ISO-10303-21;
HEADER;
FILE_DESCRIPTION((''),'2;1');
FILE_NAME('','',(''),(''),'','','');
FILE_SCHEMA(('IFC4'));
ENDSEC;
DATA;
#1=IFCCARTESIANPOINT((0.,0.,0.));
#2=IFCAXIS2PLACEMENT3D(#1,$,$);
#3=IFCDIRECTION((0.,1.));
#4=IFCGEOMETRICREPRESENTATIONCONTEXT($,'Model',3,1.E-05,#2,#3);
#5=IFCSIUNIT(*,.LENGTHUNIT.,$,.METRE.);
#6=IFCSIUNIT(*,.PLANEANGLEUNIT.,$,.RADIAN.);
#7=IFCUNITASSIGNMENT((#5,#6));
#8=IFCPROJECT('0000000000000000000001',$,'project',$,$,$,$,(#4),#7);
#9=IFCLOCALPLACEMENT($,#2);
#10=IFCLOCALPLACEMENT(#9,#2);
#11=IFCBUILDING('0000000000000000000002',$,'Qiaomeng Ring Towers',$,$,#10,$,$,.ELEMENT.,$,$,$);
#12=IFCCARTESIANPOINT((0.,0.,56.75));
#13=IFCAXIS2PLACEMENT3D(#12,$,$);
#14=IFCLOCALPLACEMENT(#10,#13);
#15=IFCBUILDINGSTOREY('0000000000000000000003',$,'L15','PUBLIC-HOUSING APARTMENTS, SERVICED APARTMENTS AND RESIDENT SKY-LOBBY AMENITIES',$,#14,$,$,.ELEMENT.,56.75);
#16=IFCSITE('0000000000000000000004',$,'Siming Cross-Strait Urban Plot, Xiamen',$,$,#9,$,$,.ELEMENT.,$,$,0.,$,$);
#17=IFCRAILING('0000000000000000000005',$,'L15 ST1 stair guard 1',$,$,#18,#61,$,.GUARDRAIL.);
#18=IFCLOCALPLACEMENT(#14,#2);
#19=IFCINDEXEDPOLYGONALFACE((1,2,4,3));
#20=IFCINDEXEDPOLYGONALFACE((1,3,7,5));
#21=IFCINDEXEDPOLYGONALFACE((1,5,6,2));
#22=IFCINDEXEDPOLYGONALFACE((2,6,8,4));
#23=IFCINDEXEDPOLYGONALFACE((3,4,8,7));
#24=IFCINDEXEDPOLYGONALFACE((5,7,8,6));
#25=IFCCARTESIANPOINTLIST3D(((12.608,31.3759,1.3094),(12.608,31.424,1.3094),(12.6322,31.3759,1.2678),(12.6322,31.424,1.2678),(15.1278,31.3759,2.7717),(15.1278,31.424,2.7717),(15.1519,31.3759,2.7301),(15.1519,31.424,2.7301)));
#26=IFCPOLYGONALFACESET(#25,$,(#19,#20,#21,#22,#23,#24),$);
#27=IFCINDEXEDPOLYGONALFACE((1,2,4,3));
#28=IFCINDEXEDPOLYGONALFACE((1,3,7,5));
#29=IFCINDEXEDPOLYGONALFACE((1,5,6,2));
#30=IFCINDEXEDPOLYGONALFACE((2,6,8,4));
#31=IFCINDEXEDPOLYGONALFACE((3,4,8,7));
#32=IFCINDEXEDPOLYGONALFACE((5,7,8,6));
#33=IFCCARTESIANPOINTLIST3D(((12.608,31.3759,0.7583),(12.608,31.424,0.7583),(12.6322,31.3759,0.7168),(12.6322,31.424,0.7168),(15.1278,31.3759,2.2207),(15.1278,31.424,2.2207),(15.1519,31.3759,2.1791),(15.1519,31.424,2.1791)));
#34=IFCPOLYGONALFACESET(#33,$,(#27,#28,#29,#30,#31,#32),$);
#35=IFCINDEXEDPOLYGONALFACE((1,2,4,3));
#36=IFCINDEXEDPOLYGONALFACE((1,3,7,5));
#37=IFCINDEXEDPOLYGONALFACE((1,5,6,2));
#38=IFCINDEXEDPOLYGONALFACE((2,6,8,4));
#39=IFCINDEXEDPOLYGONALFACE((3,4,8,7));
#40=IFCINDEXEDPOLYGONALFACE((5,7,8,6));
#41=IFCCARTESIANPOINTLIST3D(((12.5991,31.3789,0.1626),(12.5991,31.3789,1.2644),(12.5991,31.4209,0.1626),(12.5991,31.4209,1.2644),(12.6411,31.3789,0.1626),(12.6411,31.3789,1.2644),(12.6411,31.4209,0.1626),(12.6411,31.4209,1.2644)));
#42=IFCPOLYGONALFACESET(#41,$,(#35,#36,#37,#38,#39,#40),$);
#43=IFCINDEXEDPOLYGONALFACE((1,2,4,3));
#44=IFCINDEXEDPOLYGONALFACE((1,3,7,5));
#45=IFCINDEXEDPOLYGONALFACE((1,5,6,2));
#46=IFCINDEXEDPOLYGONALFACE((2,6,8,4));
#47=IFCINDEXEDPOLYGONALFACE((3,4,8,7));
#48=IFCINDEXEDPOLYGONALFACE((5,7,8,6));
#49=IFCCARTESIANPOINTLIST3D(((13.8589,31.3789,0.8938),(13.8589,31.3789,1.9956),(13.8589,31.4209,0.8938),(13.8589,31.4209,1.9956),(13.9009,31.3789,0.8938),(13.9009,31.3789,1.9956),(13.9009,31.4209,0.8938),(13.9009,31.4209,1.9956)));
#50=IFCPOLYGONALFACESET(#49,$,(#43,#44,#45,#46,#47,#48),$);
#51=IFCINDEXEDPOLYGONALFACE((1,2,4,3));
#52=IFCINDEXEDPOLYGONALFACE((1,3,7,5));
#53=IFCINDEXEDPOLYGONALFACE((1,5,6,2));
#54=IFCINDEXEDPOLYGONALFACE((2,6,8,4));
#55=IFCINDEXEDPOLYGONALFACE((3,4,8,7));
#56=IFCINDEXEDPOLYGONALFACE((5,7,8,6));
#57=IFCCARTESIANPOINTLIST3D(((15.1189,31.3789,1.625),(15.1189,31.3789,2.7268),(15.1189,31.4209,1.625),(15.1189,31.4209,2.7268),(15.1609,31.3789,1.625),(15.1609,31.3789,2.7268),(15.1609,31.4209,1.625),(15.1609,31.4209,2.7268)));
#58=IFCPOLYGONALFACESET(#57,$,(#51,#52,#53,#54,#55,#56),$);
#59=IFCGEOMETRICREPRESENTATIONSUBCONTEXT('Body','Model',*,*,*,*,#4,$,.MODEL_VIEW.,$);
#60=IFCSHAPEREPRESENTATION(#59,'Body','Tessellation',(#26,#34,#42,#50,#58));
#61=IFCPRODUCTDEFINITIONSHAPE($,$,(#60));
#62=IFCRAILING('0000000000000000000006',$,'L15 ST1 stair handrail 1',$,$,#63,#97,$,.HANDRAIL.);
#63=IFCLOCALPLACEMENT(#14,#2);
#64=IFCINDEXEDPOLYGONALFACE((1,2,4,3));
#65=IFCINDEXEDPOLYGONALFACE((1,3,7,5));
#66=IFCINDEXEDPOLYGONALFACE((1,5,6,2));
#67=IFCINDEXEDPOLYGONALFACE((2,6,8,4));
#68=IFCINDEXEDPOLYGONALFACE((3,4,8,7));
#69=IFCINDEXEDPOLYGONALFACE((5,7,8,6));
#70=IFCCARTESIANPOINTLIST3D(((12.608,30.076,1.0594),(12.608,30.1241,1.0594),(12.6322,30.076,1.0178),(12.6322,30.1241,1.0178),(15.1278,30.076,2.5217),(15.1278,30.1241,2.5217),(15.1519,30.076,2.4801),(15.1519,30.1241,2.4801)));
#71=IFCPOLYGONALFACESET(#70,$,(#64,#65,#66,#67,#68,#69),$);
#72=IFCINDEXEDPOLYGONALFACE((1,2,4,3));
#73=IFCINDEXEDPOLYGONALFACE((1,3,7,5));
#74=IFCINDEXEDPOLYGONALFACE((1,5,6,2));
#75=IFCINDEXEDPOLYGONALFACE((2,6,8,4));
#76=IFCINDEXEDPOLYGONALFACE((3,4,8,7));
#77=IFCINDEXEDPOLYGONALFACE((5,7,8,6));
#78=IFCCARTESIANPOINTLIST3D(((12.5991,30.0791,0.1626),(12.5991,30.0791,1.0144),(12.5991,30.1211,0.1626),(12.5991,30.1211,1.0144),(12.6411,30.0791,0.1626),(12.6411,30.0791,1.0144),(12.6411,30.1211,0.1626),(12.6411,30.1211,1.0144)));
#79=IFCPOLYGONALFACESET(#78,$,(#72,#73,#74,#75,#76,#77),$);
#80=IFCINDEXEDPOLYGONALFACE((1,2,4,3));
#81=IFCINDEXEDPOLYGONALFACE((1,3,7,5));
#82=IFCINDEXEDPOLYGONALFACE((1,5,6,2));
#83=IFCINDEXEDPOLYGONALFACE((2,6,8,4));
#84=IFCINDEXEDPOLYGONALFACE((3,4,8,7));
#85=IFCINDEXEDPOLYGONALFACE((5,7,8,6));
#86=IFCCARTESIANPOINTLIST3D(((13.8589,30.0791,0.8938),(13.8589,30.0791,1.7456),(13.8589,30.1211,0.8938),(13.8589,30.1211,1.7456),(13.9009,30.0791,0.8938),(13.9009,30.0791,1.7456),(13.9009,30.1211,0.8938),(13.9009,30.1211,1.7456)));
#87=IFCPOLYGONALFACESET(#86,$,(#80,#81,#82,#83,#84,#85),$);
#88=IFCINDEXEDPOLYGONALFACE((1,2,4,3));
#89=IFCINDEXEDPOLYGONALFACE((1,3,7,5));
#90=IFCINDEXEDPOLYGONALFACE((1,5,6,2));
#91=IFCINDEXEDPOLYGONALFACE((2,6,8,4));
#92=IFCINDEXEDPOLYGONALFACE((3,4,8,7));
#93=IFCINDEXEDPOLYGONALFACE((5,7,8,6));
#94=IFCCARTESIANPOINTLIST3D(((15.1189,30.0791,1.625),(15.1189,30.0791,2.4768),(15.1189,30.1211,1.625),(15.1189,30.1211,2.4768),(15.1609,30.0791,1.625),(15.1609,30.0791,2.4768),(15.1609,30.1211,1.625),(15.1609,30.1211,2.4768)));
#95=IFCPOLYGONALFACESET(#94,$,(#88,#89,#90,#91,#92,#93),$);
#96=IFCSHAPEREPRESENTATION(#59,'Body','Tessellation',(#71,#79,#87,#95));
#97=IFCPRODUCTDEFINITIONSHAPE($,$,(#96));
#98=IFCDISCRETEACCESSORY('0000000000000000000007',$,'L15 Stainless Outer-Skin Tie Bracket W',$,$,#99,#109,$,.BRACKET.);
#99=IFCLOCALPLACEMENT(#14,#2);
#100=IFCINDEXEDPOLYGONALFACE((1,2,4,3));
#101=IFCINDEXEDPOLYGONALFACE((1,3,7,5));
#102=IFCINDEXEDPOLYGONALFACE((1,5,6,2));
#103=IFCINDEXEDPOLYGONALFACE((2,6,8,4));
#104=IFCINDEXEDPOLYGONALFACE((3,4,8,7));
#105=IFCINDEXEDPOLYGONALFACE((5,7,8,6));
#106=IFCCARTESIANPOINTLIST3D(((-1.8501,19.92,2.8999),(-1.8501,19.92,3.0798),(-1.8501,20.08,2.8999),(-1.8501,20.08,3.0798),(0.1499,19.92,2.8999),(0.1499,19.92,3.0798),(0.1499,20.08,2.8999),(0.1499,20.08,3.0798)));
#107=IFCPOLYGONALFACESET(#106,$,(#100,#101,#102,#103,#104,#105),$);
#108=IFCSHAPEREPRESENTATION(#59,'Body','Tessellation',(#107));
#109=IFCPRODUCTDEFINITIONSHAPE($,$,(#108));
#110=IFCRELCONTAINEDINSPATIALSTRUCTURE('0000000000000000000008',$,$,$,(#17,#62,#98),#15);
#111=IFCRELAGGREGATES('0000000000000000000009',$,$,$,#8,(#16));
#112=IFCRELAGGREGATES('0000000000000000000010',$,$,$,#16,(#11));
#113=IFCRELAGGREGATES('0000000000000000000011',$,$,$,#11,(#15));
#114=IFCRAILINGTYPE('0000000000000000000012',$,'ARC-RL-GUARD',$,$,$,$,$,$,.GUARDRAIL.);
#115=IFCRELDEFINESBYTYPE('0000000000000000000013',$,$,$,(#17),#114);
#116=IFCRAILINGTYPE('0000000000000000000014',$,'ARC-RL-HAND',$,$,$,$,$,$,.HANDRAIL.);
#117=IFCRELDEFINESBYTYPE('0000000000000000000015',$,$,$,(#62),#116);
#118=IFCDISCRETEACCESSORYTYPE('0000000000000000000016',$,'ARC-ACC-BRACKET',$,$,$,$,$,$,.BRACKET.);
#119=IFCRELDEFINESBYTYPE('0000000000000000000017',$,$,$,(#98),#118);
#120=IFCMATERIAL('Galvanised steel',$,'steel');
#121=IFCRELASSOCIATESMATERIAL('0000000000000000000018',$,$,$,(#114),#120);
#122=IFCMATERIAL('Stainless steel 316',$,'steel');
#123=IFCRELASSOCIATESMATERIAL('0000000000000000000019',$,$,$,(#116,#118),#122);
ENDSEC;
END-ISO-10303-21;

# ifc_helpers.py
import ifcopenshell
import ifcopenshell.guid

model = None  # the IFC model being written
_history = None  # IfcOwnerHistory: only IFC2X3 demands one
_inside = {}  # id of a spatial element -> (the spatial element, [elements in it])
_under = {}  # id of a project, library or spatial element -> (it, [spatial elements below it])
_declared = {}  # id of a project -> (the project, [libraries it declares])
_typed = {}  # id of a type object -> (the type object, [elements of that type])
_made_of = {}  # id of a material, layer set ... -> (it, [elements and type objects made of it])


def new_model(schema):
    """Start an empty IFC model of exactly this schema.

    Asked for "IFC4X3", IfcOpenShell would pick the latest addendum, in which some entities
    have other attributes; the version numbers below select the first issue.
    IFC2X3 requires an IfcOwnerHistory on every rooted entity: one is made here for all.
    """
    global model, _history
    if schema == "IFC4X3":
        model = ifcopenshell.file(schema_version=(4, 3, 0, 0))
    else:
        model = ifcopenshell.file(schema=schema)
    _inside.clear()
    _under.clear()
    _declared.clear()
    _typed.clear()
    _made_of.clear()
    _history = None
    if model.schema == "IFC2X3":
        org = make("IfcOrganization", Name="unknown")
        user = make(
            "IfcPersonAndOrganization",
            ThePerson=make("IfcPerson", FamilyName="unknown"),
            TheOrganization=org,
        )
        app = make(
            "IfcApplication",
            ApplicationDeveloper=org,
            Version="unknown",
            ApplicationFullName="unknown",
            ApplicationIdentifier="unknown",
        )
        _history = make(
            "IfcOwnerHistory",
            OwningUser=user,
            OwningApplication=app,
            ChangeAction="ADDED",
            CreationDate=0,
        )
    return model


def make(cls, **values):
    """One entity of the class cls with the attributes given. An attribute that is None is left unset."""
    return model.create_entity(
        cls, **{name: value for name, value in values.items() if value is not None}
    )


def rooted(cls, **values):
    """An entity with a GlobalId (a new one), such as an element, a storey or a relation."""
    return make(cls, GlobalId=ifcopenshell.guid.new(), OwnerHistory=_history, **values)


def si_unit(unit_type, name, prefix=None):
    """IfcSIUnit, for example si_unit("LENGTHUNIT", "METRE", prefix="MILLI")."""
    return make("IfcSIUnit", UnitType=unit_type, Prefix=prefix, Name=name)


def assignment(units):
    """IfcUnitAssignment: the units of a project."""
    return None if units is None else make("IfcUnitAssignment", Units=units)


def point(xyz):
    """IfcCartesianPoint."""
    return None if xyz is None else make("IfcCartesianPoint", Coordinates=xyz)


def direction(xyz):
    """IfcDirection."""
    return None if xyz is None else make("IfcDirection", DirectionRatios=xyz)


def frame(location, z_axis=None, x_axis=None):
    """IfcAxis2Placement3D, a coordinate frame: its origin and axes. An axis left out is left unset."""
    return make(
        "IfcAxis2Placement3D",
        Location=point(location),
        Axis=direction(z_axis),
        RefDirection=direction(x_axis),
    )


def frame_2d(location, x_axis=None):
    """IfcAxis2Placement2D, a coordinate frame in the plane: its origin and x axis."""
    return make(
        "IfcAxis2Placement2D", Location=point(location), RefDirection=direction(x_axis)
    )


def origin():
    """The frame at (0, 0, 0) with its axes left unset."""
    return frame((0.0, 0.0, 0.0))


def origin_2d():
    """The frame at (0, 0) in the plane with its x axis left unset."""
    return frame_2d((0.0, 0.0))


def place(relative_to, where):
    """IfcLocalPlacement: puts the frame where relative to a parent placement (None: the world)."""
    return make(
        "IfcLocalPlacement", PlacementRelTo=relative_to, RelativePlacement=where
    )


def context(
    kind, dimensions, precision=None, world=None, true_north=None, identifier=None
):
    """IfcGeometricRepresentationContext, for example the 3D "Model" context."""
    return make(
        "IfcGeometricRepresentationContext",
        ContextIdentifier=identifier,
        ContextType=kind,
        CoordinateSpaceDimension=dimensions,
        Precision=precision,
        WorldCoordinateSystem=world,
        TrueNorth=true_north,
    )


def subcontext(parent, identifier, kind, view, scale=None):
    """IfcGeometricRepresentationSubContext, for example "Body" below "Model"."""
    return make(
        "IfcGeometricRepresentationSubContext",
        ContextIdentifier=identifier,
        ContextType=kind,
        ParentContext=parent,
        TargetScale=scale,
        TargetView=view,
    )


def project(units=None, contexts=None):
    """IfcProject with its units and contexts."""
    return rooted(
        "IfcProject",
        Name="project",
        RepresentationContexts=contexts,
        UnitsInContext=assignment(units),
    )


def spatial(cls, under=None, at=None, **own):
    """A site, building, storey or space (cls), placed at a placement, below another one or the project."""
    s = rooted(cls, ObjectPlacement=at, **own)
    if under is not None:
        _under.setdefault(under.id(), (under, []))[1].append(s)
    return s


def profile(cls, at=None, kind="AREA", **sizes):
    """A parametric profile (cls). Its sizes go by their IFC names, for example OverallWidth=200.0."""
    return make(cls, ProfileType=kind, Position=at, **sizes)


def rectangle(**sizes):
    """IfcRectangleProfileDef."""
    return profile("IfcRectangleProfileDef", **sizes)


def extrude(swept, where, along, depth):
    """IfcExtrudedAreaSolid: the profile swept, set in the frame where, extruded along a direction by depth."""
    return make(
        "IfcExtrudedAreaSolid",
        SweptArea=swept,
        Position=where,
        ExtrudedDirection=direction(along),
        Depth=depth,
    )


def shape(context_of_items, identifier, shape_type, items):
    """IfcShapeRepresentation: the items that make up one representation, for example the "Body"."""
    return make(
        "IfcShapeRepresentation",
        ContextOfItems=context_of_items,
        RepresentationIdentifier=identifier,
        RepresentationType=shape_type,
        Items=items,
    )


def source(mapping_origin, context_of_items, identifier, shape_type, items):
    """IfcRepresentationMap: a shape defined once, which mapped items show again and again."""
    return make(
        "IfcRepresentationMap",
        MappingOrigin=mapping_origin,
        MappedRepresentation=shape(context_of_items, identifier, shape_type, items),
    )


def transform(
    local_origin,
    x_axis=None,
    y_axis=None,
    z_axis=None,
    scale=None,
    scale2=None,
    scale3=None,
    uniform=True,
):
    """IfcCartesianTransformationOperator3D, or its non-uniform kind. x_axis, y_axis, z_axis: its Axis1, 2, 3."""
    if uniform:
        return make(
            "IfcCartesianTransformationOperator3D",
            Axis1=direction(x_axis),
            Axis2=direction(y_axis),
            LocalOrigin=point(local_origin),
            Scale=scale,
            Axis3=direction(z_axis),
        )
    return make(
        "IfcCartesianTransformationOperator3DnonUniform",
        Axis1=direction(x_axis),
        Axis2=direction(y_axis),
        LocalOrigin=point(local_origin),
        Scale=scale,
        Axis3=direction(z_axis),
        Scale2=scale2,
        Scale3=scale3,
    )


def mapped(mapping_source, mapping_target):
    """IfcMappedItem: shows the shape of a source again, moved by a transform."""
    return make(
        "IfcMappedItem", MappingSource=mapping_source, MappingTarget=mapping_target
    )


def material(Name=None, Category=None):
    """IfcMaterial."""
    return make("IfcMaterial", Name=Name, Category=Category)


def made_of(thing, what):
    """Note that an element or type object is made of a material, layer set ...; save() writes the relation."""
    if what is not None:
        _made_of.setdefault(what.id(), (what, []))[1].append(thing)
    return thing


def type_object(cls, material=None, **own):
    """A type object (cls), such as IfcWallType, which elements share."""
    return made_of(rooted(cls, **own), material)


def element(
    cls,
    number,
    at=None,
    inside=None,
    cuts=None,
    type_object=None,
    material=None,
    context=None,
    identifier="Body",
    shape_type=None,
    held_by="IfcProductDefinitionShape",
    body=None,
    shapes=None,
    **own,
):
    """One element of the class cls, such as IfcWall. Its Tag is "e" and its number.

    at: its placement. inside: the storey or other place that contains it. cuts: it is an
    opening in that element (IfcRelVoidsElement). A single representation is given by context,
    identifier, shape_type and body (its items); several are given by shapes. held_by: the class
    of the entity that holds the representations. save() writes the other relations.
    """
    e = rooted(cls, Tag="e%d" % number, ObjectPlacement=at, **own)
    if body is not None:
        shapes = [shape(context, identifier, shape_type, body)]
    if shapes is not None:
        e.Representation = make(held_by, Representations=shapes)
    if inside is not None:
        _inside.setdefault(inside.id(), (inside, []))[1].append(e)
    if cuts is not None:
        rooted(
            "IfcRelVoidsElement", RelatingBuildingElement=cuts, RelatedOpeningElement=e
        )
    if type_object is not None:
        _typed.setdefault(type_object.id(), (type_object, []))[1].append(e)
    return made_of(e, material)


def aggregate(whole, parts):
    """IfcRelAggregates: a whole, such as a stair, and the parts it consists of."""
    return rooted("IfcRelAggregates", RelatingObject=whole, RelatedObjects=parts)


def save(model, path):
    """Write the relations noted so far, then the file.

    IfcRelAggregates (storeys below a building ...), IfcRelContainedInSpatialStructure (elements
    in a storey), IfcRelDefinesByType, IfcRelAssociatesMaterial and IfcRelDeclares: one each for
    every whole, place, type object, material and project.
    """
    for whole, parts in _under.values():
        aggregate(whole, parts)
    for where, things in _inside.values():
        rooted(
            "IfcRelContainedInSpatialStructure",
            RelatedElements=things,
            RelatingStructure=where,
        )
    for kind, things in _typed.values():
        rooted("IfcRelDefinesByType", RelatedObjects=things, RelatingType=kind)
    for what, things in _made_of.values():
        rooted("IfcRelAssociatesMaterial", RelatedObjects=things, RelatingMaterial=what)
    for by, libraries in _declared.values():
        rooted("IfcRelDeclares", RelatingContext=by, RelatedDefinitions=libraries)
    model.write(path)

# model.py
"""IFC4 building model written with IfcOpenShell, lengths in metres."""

from ifc_helpers import new_model, si_unit, direction, frame, origin, origin_2d, place, context, subcontext, project, spatial, rectangle, extrude, source, transform, mapped, material, type_object, element, save


model = new_model("IFC4")

# Units and contexts
model_context = context("Model", 3, precision=1e-05, world=origin(), true_north=direction((0.0, 1.0)))
body_context = subcontext(model_context, "Body", "Model", "MODEL_VIEW")
ifc_project = project(units=[si_unit("LENGTHUNIT", "METRE"), si_unit("PLANEANGLEUNIT", "RADIAN")], contexts=[model_context])

# Site, building, storey
site_placement = place(None, origin())
site = spatial("IfcSite", under=ifc_project, at=site_placement, Name="Siming Cross-Strait Urban Plot, Xiamen", CompositionType="ELEMENT", RefElevation=0.0)
building_placement = place(site_placement, origin())
building = spatial("IfcBuilding", under=site, at=building_placement, Name="Qiaomeng Ring Towers", CompositionType="ELEMENT")
storey_placement = place(building_placement, frame((0.0, 0.0, 56.75)))
storey = spatial("IfcBuildingStorey", under=building, at=storey_placement, Name="L15", Description="PUBLIC-HOUSING APARTMENTS, SERVICED APARTMENTS AND RESIDENT SKY-LOBBY AMENITIES", CompositionType="ELEMENT", Elevation=56.75)

# Shared definitions
ifc_material_1 = material(Name="Stainless steel 316", Category="steel")

# Railings
ifc_material_2 = material(Name="Galvanised steel", Category="steel")
railing_type_1 = type_object("IfcRailingType", Name="ARC-RL-GUARD", PredefinedType="GUARDRAIL", material=ifc_material_2)
railing_1_placement = place(storey_placement, frame((12.6201, 31.3999, 0.1626)))
element("IfcRailing", 1, at=railing_1_placement, inside=storey, type_object=railing_type_1, Name="L15 ST1 stair guard 1", PredefinedType="GUARDRAIL", context=body_context, shape_type="SweptSolid", body=[
    extrude(rectangle(XDim=0.0481, YDim=0.0481, at=origin_2d()), frame((0.0, 0.0, 1.126), z_axis=(0.864892, 0.0, 0.501958), x_axis=(0.0, 1.0, 0.0)), (0.0, 0.0, 1.0), 2.9133),
    extrude(rectangle(XDim=0.0481, YDim=0.0481, at=origin_2d()), frame((0.0, 0.0, 0.575), z_axis=(0.864892, 0.0, 0.501958), x_axis=(0.0, 1.0, 0.0)), (0.0, 0.0, 1.0), 2.9133),
    extrude(rectangle(XDim=0.042, YDim=0.042, at=origin_2d()), origin(), (0.0, 0.0, 1.0), 1.1018),
    extrude(rectangle(XDim=0.042, YDim=0.042, at=origin_2d()), frame((1.2598, 0.0, 0.7312)), (0.0, 0.0, 1.0), 1.1018),
    extrude(rectangle(XDim=0.042, YDim=0.042, at=origin_2d()), frame((2.5198, 0.0, 1.4624)), (0.0, 0.0, 1.0), 1.1018),
])
railing_type_2 = type_object("IfcRailingType", Name="ARC-RL-HAND", PredefinedType="HANDRAIL", material=ifc_material_1)
railing_2_placement = place(storey_placement, frame((12.6201, 30.1001, 0.1626)))
element("IfcRailing", 2, at=railing_2_placement, inside=storey, type_object=railing_type_2, Name="L15 ST1 stair handrail 1", PredefinedType="HANDRAIL", context=body_context, shape_type="SweptSolid", body=[
    extrude(rectangle(XDim=0.0481, YDim=0.0481, at=origin_2d()), frame((0.0, 0.0, 0.876), z_axis=(0.864892, 0.0, 0.501958), x_axis=(0.0, 1.0, 0.0)), (0.0, 0.0, 1.0), 2.9133),
    extrude(rectangle(XDim=0.042, YDim=0.042, at=origin_2d()), origin(), (0.0, 0.0, 1.0), 0.8518),
    extrude(rectangle(XDim=0.042, YDim=0.042, at=origin_2d()), frame((1.2598, 0.0, 0.7312)), (0.0, 0.0, 1.0), 0.8518),
    extrude(rectangle(XDim=0.042, YDim=0.042, at=origin_2d()), frame((2.5198, 0.0, 1.4624)), (0.0, 0.0, 1.0), 0.8518),
])

# Discrete accessory
discrete_accessory_type = type_object("IfcDiscreteAccessoryType", Name="ARC-ACC-BRACKET", PredefinedType="BRACKET", material=ifc_material_1)
shared_shape_1 = source(origin(), body_context, "Body", "SweptSolid", [
    extrude(rectangle(XDim=2.0, YDim=0.1599, at=origin_2d()), origin(), (0.0, 0.0, 1.0), 0.1799),
])
discrete_accessory_placement = place(storey_placement, frame((-0.8501, 20.0, 2.8999), z_axis=(0.0, 0.0, 1.0), x_axis=(1.0, 0.0, 0.0)))
element("IfcDiscreteAccessory", 3, at=discrete_accessory_placement, inside=storey, type_object=discrete_accessory_type, Name="L15 Stainless Outer-Skin Tie Bracket W", PredefinedType="BRACKET", context=body_context, shape_type="MappedRepresentation", body=[
    mapped(shared_shape_1, transform((0.0, 0.0, 0.0), x_axis=(1.0, 0.0, 0.0), y_axis=(0.0, 1.0, 0.0), z_axis=(0.0, 0.0, 1.0), scale=1.0)),
])

save(model, "model.ifc")
